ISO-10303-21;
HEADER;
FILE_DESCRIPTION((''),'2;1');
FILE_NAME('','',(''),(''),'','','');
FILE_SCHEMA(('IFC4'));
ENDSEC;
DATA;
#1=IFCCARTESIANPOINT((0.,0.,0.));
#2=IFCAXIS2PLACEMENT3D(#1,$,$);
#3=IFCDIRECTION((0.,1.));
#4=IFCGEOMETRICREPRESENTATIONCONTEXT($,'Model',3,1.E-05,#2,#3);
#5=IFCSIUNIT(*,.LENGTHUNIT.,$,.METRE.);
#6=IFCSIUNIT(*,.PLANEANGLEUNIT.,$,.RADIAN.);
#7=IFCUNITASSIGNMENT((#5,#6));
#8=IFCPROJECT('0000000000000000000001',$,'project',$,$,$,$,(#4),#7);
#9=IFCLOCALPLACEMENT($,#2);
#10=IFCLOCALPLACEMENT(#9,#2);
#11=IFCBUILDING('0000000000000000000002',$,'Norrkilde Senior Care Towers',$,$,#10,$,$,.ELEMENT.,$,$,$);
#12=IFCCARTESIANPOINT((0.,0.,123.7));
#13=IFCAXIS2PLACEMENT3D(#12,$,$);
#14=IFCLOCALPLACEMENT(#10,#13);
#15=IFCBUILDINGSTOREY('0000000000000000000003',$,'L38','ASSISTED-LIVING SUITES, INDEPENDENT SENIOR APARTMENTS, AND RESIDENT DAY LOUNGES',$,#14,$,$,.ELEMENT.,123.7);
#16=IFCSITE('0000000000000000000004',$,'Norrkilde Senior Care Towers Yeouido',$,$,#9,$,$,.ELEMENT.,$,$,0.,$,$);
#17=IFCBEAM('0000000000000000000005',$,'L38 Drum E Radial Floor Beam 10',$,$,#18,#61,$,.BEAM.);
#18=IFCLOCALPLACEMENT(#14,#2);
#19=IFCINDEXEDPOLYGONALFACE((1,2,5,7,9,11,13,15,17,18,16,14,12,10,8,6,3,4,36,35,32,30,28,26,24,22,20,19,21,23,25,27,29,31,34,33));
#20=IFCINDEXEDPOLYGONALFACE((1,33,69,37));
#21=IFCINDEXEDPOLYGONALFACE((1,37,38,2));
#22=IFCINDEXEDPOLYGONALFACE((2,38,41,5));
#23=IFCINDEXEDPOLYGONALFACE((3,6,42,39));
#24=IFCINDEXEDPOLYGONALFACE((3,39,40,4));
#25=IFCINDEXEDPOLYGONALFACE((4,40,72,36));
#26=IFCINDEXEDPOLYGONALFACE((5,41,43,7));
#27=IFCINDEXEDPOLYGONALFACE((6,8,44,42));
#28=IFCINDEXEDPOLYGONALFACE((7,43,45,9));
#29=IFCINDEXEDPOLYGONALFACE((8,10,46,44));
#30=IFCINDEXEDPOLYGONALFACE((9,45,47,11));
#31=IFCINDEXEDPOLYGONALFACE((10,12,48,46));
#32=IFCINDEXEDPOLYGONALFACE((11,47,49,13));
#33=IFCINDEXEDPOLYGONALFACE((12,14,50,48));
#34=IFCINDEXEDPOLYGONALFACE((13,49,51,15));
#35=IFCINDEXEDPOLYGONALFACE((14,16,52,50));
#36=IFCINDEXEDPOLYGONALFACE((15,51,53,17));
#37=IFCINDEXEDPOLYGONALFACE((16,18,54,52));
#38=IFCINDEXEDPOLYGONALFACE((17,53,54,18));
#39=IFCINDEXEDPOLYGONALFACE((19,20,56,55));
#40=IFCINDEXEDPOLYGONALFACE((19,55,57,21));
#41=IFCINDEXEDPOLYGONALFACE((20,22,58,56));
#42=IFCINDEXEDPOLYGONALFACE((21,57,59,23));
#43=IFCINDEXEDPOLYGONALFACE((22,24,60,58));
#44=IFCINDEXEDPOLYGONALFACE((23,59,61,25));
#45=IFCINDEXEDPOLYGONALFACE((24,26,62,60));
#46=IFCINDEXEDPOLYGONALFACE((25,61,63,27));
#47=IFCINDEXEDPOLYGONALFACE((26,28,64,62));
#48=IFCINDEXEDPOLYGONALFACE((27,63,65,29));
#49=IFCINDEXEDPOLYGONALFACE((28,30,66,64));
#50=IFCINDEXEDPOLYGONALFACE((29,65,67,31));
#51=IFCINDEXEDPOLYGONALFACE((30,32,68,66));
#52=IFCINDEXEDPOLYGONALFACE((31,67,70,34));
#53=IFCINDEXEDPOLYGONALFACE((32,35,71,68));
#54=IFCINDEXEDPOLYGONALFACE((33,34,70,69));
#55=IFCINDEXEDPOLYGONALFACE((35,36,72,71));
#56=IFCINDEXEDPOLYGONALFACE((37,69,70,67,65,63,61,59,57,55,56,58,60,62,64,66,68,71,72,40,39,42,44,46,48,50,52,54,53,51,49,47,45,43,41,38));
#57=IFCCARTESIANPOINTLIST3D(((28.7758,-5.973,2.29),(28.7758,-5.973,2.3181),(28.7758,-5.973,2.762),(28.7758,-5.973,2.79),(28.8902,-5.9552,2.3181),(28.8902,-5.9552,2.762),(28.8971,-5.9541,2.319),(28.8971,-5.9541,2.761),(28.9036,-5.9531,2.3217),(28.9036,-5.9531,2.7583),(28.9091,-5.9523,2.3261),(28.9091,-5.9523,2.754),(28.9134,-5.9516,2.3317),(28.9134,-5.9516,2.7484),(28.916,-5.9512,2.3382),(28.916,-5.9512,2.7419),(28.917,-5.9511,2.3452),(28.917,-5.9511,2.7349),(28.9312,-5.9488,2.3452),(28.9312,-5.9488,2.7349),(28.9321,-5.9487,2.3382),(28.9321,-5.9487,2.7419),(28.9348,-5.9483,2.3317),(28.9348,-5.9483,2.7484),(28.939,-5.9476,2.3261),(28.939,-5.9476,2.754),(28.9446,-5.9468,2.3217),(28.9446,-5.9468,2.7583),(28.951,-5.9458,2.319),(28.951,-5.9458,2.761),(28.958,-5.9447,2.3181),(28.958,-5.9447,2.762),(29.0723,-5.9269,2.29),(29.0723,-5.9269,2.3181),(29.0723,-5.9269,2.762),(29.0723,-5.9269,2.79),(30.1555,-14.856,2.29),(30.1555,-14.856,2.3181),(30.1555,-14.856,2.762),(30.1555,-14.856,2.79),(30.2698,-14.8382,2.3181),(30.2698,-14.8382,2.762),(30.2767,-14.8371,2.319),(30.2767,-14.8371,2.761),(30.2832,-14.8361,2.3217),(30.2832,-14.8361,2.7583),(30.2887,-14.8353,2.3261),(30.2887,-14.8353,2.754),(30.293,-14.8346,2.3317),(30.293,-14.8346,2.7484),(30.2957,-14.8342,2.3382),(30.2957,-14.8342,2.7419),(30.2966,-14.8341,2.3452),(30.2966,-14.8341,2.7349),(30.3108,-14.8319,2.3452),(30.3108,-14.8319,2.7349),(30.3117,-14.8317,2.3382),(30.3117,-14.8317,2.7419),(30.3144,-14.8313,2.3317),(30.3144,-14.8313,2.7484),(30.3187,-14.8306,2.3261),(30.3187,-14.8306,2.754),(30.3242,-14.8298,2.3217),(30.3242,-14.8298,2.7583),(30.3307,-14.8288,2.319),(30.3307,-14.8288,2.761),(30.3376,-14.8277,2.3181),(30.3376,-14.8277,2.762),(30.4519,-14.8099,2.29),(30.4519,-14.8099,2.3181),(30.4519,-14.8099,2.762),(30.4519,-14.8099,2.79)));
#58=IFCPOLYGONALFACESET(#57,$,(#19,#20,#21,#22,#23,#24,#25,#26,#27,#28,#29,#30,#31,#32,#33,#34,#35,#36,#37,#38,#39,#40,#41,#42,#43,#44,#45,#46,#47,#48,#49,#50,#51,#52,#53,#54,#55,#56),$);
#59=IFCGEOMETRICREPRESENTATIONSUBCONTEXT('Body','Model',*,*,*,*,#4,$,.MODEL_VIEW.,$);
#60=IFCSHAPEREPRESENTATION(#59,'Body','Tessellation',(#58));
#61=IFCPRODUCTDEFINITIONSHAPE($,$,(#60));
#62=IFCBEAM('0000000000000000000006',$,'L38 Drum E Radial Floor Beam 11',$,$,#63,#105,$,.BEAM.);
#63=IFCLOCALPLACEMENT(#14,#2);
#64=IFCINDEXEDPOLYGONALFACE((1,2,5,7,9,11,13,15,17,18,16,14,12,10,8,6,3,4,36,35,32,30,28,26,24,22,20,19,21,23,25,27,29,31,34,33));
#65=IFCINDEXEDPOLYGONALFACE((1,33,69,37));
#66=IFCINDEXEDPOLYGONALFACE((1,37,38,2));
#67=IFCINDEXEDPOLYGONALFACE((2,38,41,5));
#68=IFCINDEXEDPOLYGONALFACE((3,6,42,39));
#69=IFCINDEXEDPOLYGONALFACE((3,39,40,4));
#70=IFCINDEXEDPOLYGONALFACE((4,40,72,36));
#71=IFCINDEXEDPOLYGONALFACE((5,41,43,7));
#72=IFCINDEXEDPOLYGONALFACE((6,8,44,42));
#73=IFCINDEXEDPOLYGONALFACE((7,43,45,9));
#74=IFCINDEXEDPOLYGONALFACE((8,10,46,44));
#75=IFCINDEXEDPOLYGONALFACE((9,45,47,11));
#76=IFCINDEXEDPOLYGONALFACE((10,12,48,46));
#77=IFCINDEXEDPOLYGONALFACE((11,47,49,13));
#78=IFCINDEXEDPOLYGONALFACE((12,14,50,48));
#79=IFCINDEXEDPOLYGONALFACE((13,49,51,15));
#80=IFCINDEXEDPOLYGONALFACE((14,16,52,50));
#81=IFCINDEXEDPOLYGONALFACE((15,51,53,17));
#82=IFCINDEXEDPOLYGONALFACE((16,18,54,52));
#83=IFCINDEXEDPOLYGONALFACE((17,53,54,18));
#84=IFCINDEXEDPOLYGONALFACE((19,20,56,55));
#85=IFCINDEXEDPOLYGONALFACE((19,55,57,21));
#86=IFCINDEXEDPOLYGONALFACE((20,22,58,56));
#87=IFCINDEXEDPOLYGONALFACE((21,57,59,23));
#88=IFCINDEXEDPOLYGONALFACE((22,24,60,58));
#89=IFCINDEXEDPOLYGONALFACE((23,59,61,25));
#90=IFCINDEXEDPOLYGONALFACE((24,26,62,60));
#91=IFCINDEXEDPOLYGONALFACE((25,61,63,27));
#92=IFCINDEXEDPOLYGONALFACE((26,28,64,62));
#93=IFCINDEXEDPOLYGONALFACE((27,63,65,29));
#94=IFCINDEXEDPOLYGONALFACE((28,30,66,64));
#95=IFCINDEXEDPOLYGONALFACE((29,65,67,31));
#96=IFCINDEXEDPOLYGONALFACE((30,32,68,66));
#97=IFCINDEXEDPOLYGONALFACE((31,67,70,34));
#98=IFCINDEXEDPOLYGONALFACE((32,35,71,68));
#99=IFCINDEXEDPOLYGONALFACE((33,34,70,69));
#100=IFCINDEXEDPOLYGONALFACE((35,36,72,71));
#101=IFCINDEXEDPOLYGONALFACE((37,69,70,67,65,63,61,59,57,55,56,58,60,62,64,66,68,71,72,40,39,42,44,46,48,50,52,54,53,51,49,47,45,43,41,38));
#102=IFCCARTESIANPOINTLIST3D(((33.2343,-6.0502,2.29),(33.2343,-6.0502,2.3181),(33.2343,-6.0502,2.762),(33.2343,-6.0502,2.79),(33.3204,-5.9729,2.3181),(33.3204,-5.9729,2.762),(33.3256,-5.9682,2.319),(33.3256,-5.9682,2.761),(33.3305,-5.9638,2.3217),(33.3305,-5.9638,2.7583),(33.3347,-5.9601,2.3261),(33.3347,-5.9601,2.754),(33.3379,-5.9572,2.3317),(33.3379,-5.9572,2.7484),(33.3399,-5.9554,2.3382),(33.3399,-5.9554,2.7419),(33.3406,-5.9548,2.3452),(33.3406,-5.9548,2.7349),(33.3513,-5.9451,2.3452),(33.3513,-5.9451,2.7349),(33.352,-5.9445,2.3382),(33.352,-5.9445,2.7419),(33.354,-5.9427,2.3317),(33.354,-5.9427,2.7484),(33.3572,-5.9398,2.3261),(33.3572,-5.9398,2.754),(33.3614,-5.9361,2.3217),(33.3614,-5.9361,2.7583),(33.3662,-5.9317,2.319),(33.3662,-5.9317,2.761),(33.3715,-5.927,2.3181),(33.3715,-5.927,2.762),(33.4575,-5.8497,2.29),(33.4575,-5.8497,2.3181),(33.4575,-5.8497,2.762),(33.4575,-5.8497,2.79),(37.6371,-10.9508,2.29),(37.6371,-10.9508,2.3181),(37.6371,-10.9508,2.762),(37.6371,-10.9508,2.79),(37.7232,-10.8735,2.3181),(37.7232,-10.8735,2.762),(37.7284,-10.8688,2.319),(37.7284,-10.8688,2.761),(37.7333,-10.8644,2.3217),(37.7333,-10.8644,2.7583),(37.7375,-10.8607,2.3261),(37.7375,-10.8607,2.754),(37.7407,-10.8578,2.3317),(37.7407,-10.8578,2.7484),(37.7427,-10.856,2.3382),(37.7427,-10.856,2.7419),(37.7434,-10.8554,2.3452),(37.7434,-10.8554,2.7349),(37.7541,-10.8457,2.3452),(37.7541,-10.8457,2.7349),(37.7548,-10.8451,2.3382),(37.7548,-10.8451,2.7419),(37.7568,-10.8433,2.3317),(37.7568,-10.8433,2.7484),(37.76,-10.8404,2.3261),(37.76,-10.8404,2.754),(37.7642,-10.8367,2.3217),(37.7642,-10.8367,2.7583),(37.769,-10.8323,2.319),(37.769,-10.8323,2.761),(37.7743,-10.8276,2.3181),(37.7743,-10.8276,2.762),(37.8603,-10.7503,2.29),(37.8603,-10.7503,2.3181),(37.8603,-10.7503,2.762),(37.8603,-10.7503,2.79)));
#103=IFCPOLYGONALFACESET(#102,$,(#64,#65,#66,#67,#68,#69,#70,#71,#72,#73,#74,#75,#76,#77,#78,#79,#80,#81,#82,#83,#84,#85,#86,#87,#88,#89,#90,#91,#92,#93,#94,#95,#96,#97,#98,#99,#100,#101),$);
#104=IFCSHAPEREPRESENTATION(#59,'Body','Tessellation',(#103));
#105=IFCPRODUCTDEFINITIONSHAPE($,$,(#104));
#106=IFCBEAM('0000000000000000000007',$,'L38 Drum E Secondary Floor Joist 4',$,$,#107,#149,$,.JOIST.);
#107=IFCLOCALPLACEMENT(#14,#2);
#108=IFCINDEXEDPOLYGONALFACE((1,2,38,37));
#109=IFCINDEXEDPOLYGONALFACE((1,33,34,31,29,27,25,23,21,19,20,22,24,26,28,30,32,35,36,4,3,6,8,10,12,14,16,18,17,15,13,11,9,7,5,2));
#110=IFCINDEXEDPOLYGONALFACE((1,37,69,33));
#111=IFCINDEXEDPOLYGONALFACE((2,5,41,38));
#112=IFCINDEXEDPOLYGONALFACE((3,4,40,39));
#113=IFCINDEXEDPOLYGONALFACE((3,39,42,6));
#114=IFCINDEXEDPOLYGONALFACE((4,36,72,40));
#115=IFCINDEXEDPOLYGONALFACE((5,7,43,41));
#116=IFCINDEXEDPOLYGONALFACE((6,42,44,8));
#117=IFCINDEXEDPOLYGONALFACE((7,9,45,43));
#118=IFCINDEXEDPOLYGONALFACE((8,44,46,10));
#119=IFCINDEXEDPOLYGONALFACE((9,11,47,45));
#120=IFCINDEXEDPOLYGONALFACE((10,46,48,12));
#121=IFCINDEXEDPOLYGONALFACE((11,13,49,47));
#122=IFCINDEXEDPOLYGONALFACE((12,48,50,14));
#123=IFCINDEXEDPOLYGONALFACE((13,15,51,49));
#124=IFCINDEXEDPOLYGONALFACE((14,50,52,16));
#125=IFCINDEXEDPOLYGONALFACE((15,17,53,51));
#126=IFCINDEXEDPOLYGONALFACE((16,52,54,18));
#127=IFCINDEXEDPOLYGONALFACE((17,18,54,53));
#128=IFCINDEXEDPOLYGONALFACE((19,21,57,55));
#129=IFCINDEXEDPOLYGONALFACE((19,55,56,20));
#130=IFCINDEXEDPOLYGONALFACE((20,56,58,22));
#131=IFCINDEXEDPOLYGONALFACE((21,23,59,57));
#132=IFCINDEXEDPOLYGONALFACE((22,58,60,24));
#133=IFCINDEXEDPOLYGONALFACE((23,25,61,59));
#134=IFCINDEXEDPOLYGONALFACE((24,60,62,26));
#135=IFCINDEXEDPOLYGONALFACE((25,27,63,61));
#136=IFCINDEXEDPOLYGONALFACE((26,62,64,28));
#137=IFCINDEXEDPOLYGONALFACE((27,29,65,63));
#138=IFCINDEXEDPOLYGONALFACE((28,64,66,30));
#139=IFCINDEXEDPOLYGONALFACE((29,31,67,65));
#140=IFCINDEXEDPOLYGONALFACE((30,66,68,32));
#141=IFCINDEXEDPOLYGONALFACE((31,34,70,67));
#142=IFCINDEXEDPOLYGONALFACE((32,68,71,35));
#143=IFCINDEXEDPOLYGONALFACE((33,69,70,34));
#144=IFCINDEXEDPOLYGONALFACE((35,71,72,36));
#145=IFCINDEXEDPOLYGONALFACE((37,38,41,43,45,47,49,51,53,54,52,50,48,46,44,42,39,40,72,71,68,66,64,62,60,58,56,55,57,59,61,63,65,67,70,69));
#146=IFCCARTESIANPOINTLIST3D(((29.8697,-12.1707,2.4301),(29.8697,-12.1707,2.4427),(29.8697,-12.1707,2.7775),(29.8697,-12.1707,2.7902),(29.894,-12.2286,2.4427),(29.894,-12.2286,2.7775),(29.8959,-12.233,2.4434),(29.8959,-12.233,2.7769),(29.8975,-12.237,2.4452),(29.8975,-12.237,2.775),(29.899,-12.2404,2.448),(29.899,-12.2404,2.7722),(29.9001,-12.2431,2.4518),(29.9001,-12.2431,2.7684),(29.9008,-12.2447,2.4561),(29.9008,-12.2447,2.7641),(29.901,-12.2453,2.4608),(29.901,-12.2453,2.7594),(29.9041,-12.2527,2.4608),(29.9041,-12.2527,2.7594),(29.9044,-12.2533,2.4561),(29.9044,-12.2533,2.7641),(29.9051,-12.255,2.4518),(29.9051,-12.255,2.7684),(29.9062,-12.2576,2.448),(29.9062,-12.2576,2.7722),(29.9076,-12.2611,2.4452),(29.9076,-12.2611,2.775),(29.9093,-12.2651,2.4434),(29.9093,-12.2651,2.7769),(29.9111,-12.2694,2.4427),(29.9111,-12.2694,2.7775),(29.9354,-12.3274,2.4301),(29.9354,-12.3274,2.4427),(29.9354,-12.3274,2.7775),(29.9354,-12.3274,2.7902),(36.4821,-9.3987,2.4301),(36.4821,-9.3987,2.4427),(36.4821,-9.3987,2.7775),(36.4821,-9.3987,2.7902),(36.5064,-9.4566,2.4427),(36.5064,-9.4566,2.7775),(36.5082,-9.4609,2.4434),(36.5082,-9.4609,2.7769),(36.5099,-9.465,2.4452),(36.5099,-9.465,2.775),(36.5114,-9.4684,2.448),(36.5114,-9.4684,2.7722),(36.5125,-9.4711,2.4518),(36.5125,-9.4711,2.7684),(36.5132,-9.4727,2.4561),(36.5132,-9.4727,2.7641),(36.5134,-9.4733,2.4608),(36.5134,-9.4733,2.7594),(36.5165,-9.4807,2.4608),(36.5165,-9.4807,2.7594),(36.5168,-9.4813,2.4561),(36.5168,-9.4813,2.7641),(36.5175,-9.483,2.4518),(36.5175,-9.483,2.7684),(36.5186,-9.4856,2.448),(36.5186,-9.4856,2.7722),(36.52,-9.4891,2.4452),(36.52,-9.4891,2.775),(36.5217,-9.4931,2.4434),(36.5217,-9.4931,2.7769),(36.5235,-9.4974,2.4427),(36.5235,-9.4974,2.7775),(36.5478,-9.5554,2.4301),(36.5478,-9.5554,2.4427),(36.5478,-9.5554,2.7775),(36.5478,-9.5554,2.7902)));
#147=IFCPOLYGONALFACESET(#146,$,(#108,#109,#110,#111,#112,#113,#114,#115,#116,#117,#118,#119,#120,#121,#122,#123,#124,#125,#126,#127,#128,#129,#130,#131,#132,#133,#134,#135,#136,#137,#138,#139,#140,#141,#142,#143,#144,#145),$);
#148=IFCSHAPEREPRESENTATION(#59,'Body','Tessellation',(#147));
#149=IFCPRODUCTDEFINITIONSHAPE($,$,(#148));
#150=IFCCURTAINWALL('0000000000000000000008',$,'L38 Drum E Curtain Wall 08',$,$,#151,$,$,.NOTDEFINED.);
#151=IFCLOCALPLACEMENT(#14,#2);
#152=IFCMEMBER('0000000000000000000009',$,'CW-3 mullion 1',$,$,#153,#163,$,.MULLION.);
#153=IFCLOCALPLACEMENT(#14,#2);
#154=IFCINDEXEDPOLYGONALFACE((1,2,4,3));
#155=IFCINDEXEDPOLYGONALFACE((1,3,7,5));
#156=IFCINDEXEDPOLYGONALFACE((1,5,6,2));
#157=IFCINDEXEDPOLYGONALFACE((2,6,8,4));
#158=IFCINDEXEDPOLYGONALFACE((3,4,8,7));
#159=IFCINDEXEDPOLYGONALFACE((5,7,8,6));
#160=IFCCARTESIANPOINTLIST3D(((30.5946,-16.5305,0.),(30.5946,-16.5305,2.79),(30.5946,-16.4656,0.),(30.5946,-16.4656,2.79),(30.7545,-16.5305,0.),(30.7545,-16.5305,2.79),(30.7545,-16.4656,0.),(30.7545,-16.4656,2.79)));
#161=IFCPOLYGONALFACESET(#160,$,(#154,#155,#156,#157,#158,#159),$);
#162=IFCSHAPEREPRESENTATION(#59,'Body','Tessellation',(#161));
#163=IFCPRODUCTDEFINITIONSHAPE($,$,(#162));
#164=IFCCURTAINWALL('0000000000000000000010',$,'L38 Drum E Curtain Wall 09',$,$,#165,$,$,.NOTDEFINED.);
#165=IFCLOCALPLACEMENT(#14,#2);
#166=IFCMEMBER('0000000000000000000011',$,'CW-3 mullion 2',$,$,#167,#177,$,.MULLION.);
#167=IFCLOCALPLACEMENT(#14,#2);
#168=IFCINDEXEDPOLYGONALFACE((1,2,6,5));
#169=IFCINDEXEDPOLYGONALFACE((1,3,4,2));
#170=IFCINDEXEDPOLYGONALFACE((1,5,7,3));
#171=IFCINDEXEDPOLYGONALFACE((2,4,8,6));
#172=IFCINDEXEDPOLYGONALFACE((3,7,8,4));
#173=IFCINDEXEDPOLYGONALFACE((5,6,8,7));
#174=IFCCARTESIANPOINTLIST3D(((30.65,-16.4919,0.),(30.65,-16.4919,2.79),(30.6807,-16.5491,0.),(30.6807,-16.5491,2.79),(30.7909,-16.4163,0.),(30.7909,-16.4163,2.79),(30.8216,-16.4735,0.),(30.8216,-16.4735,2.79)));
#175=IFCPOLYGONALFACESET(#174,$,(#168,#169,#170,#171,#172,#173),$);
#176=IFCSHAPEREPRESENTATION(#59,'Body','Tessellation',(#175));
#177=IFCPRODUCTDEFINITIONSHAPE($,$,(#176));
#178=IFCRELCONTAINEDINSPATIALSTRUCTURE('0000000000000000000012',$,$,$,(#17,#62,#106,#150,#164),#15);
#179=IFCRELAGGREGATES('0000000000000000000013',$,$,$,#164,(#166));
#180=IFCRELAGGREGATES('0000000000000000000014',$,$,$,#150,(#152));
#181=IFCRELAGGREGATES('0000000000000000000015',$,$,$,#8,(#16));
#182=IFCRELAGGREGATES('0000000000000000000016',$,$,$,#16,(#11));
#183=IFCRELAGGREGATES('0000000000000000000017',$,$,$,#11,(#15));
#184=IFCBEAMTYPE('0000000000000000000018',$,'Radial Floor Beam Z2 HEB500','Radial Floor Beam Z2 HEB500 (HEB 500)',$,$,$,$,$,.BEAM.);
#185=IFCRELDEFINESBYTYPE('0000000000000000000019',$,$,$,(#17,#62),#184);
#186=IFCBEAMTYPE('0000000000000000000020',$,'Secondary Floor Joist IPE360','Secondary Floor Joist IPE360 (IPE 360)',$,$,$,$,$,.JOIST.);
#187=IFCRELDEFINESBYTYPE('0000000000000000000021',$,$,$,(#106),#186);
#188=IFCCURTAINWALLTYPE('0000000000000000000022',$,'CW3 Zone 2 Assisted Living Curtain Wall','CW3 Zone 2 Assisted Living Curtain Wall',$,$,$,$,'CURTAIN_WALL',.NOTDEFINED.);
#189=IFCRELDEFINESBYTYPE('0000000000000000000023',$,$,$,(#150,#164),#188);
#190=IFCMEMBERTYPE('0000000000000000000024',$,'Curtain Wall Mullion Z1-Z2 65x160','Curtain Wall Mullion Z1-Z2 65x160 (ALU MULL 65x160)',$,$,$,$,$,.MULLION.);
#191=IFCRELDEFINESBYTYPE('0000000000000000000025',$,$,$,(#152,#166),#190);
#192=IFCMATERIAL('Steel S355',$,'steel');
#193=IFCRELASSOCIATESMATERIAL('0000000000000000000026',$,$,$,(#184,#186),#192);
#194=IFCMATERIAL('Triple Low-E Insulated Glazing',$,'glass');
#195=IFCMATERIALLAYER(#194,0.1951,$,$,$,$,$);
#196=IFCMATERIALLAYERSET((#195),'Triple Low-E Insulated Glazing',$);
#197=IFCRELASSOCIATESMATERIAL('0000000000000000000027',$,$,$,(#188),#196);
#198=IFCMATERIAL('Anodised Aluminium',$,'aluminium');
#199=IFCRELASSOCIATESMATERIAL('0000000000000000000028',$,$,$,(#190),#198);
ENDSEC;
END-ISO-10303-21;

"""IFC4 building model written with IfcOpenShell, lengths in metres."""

from ifc_helpers import new_model, si_unit, direction, frame, origin, origin_2d, place, context, subcontext, project, spatial, rectangle, i_section, extrude, source, transform, mapped, material, layer, layer_set, material_profile, profile_set, type_object, type_shapes, element, aggregate, save


model = new_model("IFC4")

# Units and contexts
model_context = context("Model", 3, precision=1e-05, world=origin(), true_north=direction((0.0, 1.0)))
body_context = subcontext(model_context, "Body", "Model", "MODEL_VIEW")
ifc_project = project(units=[si_unit("LENGTHUNIT", "METRE"), si_unit("PLANEANGLEUNIT", "RADIAN")], contexts=[model_context])

# Site, building, storey
site_placement = place(None, origin())
site = spatial("IfcSite", under=ifc_project, at=site_placement, Name="Norrkilde Senior Care Towers Yeouido", CompositionType="ELEMENT", RefElevation=0.0)
building_placement = place(site_placement, origin())
building = spatial("IfcBuilding", under=site, at=building_placement, Name="Norrkilde Senior Care Towers", CompositionType="ELEMENT")
storey_placement = place(building_placement, frame((0.0, 0.0, 123.7)))
storey = spatial("IfcBuildingStorey", under=building, at=storey_placement, Name="L38", Description="ASSISTED-LIVING SUITES, INDEPENDENT SENIOR APARTMENTS, AND RESIDENT DAY LOUNGES", CompositionType="ELEMENT", Elevation=123.7)

# Beams
ifc_material_1 = material(Name="Steel S355", Category="steel")
ifc_material_profile_1 = material_profile(ifc_material_1, i_section(OverallWidth=0.3, OverallDepth=0.5, WebThickness=0.0144, FlangeThickness=0.0281, FilletRadius=0.0271, at=origin_2d()), Name="HEB 500")
ifc_profile_set_1 = profile_set([ifc_material_profile_1], Name="Steel S355")
beam_type_1 = type_object("IfcBeamType", Name="Radial Floor Beam Z2 HEB500", Description="Radial Floor Beam Z2 HEB500 (HEB 500)", PredefinedType="BEAM", material=ifc_profile_set_1)
shared_shape_1 = source(origin(), body_context, "Body", "SweptSolid", [
    extrude(i_section(OverallWidth=0.3, OverallDepth=0.5, WebThickness=0.0144, FlangeThickness=0.0281, FilletRadius=0.0271, at=origin_2d()), origin(), (0.0, 0.0, 1.0), 8.9895),
])
beam_1_placement = place(storey_placement, frame((28.9241, -5.95, 2.54), z_axis=(0.153471, -0.988153, 0.0), x_axis=(0.988153, 0.153471, 0.0)))
element("IfcBeam", 1, at=beam_1_placement, inside=storey, type_object=beam_type_1, Name="L38 Drum E Radial Floor Beam 10", PredefinedType="BEAM", context=body_context, shape_type="MappedRepresentation", body=[
    mapped(shared_shape_1, transform((0.0, 0.0, 0.0), x_axis=(1.0, 0.0, 0.0), y_axis=(0.0, 1.0, 0.0), z_axis=(0.0, 0.0, 1.0), scale=1.0)),
])
shared_shape_2 = source(origin(), body_context, "Body", "SweptSolid", [
    extrude(i_section(OverallWidth=0.3, OverallDepth=0.5, WebThickness=0.0144, FlangeThickness=0.0281, FilletRadius=0.0271, at=origin_2d()), origin(), (0.0, 0.0, 1.0), 6.5879),
])
beam_2_placement = place(storey_placement, frame((33.3459, -5.95, 2.54), z_axis=(0.668315, -0.743878, 0.0), x_axis=(0.743878, 0.668315, 0.0)))
element("IfcBeam", 2, at=beam_2_placement, inside=storey, type_object=beam_type_1, Name="L38 Drum E Radial Floor Beam 11", PredefinedType="BEAM", context=body_context, shape_type="MappedRepresentation", body=[
    mapped(shared_shape_2, transform((0.0, 0.0, 0.0), x_axis=(1.0, 0.0, 0.0), y_axis=(0.0, 1.0, 0.0), z_axis=(0.0, 0.0, 1.0), scale=1.0)),
])
ifc_material_profile_2 = material_profile(ifc_material_1, i_section(OverallWidth=0.1699, OverallDepth=0.3601, WebThickness=0.0081, FlangeThickness=0.0127, FilletRadius=0.0181, at=origin_2d()), Name="IPE 360")
ifc_profile_set_2 = profile_set([ifc_material_profile_2], Name="Steel S355")
beam_type_2 = type_object("IfcBeamType", Name="Secondary Floor Joist IPE360", Description="Secondary Floor Joist IPE360 (IPE 360)", PredefinedType="JOIST", material=ifc_profile_set_2)
shared_shape_3 = source(origin(), body_context, "Body", "SweptSolid", [
    extrude(i_section(OverallWidth=0.1699, OverallDepth=0.3601, WebThickness=0.0081, FlangeThickness=0.0127, FilletRadius=0.0181, at=origin_2d()), origin(), (0.0, 0.0, 1.0), 7.1699),
])
type_shapes(beam_type_2, [shared_shape_3])
beam_3_placement = place(storey_placement, frame((29.9026, -12.249, 2.6101), z_axis=(0.922241, 0.386616, 0.0), x_axis=(-0.386616, 0.922241, 0.0)))
element("IfcBeam", 3, at=beam_3_placement, inside=storey, type_object=beam_type_2, Name="L38 Drum E Secondary Floor Joist 4", PredefinedType="JOIST", context=body_context, shape_type="MappedRepresentation", body=[
    mapped(shared_shape_3, transform((0.0, 0.0, 0.0), x_axis=(1.0, 0.0, 0.0), y_axis=(0.0, 1.0, 0.0), z_axis=(0.0, 0.0, 1.0), scale=1.0)),
])

# Curtain walls, members
ifc_material_2 = material(Name="Triple Low-E Insulated Glazing", Category="glass")
ifc_layer_1 = layer(ifc_material_2, 0.1951)
ifc_layer_set_1 = layer_set([ifc_layer_1], Name="Triple Low-E Insulated Glazing")
curtain_wall_type = type_object("IfcCurtainWallType", Name="CW3 Zone 2 Assisted Living Curtain Wall", Description="CW3 Zone 2 Assisted Living Curtain Wall", ElementType="CURTAIN_WALL", PredefinedType="NOTDEFINED", material=ifc_layer_set_1)
curtain_wall_1_placement = place(storey_placement, origin())
curtain_wall_1 = element("IfcCurtainWall", 4, at=curtain_wall_1_placement, inside=storey, type_object=curtain_wall_type, Name="L38 Drum E Curtain Wall 08", PredefinedType="NOTDEFINED")
ifc_material_3 = material(Name="Anodised Aluminium", Category="aluminium")
ifc_material_profile_3 = material_profile(ifc_material_3, rectangle(XDim=0.0649, YDim=0.1599, at=origin_2d()), Name="ALU MULL 65x160")
ifc_profile_set_3 = profile_set([ifc_material_profile_3], Name="Anodised Aluminium")
member_type_1 = type_object("IfcMemberType", Name="Curtain Wall Mullion Z1-Z2 65x160", Description="Curtain Wall Mullion Z1-Z2 65x160 (ALU MULL 65x160)", PredefinedType="MULLION", material=ifc_profile_set_3)
shared_shape_4 = source(origin(), body_context, "Body", "SweptSolid", [
    extrude(rectangle(XDim=0.0649, YDim=0.1599, at=origin_2d()), origin(), (0.0, 0.0, 1.0), 2.79),
])
type_shapes(member_type_1, [shared_shape_4])
member_1_placement = place(storey_placement, frame((30.6746, -16.498, 0.0), z_axis=(0.0, 0.0, 1.0), x_axis=(0.0, -1.0, 0.0)))
member_1 = element("IfcMember", 5, at=member_1_placement, type_object=member_type_1, Name="CW-3 mullion 1", PredefinedType="MULLION", context=body_context, shape_type="MappedRepresentation", body=[
    mapped(shared_shape_4, transform((0.0, 0.0, 0.0), x_axis=(1.0, 0.0, 0.0), y_axis=(0.0, 1.0, 0.0), z_axis=(0.0, 0.0, 1.0), scale=1.0)),
])
curtain_wall_2_placement = place(storey_placement, origin())
curtain_wall_2 = element("IfcCurtainWall", 6, at=curtain_wall_2_placement, inside=storey, type_object=curtain_wall_type, Name="L38 Drum E Curtain Wall 09", PredefinedType="NOTDEFINED")
member_2_placement = place(storey_placement, frame((30.7358, -16.4827, 0.0), z_axis=(0.0, 0.0, 1.0), x_axis=(0.472769, -0.881186, 0.0)))
member_2 = element("IfcMember", 7, at=member_2_placement, type_object=member_type_1, Name="CW-3 mullion 2", PredefinedType="MULLION", context=body_context, shape_type="MappedRepresentation", body=[
    mapped(shared_shape_4, transform((0.0, 0.0, 0.0), x_axis=(1.0, 0.0, 0.0), y_axis=(0.0, 1.0, 0.0), z_axis=(0.0, 0.0, 1.0), scale=1.0)),
])
aggregate(curtain_wall_2, [member_2])

aggregate(curtain_wall_1, [member_1])

save(model, "model.ifc")
